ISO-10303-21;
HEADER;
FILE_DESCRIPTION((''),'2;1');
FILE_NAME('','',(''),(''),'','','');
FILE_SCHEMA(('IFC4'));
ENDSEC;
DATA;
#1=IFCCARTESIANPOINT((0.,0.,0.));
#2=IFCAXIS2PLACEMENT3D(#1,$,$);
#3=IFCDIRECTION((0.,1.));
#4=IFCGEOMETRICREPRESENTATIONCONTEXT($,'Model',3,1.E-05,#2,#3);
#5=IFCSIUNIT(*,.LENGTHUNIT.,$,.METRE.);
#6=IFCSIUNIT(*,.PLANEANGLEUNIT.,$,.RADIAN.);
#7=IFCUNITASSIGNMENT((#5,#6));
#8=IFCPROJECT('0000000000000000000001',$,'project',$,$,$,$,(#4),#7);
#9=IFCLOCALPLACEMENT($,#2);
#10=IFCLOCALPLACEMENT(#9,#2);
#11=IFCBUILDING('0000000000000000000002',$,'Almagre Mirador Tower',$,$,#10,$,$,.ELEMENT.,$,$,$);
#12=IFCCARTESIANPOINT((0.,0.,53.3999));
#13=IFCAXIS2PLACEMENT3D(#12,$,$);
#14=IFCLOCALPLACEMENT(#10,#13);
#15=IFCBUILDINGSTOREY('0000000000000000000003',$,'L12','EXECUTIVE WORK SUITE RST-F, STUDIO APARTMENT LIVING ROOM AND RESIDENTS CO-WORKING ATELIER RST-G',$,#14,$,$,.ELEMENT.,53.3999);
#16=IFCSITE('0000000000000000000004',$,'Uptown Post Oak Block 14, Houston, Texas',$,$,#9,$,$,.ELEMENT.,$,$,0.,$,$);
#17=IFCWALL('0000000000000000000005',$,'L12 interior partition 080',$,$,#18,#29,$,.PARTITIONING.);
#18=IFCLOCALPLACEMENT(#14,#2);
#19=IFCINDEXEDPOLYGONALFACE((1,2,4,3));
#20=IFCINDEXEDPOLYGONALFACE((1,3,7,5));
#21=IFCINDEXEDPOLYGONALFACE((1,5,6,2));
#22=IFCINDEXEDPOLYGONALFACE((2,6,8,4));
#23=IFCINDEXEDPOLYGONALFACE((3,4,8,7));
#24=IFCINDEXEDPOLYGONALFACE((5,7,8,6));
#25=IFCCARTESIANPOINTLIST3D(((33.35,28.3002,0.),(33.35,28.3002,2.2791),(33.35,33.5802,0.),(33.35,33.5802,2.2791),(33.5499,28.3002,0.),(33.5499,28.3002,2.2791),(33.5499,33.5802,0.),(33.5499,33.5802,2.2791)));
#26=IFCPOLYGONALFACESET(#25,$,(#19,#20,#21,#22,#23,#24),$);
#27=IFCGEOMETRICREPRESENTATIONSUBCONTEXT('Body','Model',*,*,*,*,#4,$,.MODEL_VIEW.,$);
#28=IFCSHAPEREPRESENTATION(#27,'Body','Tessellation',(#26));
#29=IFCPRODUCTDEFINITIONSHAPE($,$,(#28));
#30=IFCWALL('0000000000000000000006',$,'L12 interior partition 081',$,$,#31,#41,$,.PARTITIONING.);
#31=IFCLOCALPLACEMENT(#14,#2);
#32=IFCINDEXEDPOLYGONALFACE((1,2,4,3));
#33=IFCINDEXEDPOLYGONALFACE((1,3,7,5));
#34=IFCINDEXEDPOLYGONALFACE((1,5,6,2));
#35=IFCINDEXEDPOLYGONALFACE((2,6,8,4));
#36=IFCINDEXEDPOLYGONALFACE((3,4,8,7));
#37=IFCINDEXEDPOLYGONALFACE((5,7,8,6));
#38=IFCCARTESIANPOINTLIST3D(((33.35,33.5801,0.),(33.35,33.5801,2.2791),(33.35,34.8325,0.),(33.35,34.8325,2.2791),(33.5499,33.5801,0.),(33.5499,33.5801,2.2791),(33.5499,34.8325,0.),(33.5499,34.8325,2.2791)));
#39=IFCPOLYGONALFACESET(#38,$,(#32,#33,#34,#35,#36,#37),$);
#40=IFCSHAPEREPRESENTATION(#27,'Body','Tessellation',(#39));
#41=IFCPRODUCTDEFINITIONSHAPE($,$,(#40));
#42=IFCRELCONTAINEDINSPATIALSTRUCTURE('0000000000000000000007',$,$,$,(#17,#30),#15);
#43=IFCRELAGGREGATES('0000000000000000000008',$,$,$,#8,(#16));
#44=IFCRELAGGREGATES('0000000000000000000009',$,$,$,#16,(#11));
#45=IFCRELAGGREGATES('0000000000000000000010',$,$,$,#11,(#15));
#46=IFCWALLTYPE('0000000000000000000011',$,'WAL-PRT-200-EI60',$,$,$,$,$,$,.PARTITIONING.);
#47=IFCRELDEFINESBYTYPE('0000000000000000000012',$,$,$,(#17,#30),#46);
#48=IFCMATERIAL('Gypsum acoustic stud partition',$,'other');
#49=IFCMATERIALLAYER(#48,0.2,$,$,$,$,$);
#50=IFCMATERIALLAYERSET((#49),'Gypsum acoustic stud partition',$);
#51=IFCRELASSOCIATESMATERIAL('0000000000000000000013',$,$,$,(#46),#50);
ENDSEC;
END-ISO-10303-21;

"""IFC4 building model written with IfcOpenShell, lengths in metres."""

from ifc_helpers import new_model, si_unit, direction, frame, frame_2d, origin, place, context, subcontext, project, spatial, rectangle, extrude, material, layer, layer_set, type_object, element, save


model = new_model("IFC4")

# Units and contexts
model_context = context("Model", 3, precision=1e-05, world=origin(), true_north=direction((0.0, 1.0)))
body_context = subcontext(model_context, "Body", "Model", "MODEL_VIEW")
ifc_project = project(units=[si_unit("LENGTHUNIT", "METRE"), si_unit("PLANEANGLEUNIT", "RADIAN")], contexts=[model_context])

# Site, building, storey
site_placement = place(None, origin())
site = spatial("IfcSite", under=ifc_project, at=site_placement, Name="Uptown Post Oak Block 14, Houston, Texas", CompositionType="ELEMENT", RefElevation=0.0)
building_placement = place(site_placement, origin())
building = spatial("IfcBuilding", under=site, at=building_placement, Name="Almagre Mirador Tower", CompositionType="ELEMENT")
storey_placement = place(building_placement, frame((0.0, 0.0, 53.3999)))
storey = spatial("IfcBuildingStorey", under=building, at=storey_placement, Name="L12", Description="EXECUTIVE WORK SUITE RST-F, STUDIO APARTMENT LIVING ROOM AND RESIDENTS CO-WORKING ATELIER RST-G", CompositionType="ELEMENT", Elevation=53.3999)

# Walls
ifc_material_1 = material(Name="Gypsum acoustic stud partition", Category="other")
ifc_layer_1 = layer(ifc_material_1, 0.2)
ifc_layer_set_1 = layer_set([ifc_layer_1], Name="Gypsum acoustic stud partition")
wall_type_1 = type_object("IfcWallType", Name="WAL-PRT-200-EI60", PredefinedType="PARTITIONING", material=ifc_layer_set_1)
wall_1_placement = place(storey_placement, frame((33.45, 28.3, 0.0), z_axis=(0.0, 0.0, 1.0), x_axis=(0.0, 1.0, 0.0)))
element("IfcWall", 1, at=wall_1_placement, inside=storey, type_object=wall_type_1, Name="L12 interior partition 080", PredefinedType="PARTITIONING", context=body_context, shape_type="SweptSolid", body=[
    extrude(rectangle(XDim=5.28, YDim=0.2, at=frame_2d((2.6401, 0.0))), origin(), (0.0, 0.0, 1.0), 2.2791),
])
wall_2_placement = place(storey_placement, frame((33.45, 33.5801, 0.0), z_axis=(0.0, 0.0, 1.0), x_axis=(0.0, 1.0, 0.0)))
element("IfcWall", 2, at=wall_2_placement, inside=storey, type_object=wall_type_1, Name="L12 interior partition 081", PredefinedType="PARTITIONING", context=body_context, shape_type="SweptSolid", body=[
    extrude(rectangle(XDim=1.2524, YDim=0.2, at=frame_2d((0.6262, 0.0))), origin(), (0.0, 0.0, 1.0), 2.2791),
])

save(model, "model.ifc")
